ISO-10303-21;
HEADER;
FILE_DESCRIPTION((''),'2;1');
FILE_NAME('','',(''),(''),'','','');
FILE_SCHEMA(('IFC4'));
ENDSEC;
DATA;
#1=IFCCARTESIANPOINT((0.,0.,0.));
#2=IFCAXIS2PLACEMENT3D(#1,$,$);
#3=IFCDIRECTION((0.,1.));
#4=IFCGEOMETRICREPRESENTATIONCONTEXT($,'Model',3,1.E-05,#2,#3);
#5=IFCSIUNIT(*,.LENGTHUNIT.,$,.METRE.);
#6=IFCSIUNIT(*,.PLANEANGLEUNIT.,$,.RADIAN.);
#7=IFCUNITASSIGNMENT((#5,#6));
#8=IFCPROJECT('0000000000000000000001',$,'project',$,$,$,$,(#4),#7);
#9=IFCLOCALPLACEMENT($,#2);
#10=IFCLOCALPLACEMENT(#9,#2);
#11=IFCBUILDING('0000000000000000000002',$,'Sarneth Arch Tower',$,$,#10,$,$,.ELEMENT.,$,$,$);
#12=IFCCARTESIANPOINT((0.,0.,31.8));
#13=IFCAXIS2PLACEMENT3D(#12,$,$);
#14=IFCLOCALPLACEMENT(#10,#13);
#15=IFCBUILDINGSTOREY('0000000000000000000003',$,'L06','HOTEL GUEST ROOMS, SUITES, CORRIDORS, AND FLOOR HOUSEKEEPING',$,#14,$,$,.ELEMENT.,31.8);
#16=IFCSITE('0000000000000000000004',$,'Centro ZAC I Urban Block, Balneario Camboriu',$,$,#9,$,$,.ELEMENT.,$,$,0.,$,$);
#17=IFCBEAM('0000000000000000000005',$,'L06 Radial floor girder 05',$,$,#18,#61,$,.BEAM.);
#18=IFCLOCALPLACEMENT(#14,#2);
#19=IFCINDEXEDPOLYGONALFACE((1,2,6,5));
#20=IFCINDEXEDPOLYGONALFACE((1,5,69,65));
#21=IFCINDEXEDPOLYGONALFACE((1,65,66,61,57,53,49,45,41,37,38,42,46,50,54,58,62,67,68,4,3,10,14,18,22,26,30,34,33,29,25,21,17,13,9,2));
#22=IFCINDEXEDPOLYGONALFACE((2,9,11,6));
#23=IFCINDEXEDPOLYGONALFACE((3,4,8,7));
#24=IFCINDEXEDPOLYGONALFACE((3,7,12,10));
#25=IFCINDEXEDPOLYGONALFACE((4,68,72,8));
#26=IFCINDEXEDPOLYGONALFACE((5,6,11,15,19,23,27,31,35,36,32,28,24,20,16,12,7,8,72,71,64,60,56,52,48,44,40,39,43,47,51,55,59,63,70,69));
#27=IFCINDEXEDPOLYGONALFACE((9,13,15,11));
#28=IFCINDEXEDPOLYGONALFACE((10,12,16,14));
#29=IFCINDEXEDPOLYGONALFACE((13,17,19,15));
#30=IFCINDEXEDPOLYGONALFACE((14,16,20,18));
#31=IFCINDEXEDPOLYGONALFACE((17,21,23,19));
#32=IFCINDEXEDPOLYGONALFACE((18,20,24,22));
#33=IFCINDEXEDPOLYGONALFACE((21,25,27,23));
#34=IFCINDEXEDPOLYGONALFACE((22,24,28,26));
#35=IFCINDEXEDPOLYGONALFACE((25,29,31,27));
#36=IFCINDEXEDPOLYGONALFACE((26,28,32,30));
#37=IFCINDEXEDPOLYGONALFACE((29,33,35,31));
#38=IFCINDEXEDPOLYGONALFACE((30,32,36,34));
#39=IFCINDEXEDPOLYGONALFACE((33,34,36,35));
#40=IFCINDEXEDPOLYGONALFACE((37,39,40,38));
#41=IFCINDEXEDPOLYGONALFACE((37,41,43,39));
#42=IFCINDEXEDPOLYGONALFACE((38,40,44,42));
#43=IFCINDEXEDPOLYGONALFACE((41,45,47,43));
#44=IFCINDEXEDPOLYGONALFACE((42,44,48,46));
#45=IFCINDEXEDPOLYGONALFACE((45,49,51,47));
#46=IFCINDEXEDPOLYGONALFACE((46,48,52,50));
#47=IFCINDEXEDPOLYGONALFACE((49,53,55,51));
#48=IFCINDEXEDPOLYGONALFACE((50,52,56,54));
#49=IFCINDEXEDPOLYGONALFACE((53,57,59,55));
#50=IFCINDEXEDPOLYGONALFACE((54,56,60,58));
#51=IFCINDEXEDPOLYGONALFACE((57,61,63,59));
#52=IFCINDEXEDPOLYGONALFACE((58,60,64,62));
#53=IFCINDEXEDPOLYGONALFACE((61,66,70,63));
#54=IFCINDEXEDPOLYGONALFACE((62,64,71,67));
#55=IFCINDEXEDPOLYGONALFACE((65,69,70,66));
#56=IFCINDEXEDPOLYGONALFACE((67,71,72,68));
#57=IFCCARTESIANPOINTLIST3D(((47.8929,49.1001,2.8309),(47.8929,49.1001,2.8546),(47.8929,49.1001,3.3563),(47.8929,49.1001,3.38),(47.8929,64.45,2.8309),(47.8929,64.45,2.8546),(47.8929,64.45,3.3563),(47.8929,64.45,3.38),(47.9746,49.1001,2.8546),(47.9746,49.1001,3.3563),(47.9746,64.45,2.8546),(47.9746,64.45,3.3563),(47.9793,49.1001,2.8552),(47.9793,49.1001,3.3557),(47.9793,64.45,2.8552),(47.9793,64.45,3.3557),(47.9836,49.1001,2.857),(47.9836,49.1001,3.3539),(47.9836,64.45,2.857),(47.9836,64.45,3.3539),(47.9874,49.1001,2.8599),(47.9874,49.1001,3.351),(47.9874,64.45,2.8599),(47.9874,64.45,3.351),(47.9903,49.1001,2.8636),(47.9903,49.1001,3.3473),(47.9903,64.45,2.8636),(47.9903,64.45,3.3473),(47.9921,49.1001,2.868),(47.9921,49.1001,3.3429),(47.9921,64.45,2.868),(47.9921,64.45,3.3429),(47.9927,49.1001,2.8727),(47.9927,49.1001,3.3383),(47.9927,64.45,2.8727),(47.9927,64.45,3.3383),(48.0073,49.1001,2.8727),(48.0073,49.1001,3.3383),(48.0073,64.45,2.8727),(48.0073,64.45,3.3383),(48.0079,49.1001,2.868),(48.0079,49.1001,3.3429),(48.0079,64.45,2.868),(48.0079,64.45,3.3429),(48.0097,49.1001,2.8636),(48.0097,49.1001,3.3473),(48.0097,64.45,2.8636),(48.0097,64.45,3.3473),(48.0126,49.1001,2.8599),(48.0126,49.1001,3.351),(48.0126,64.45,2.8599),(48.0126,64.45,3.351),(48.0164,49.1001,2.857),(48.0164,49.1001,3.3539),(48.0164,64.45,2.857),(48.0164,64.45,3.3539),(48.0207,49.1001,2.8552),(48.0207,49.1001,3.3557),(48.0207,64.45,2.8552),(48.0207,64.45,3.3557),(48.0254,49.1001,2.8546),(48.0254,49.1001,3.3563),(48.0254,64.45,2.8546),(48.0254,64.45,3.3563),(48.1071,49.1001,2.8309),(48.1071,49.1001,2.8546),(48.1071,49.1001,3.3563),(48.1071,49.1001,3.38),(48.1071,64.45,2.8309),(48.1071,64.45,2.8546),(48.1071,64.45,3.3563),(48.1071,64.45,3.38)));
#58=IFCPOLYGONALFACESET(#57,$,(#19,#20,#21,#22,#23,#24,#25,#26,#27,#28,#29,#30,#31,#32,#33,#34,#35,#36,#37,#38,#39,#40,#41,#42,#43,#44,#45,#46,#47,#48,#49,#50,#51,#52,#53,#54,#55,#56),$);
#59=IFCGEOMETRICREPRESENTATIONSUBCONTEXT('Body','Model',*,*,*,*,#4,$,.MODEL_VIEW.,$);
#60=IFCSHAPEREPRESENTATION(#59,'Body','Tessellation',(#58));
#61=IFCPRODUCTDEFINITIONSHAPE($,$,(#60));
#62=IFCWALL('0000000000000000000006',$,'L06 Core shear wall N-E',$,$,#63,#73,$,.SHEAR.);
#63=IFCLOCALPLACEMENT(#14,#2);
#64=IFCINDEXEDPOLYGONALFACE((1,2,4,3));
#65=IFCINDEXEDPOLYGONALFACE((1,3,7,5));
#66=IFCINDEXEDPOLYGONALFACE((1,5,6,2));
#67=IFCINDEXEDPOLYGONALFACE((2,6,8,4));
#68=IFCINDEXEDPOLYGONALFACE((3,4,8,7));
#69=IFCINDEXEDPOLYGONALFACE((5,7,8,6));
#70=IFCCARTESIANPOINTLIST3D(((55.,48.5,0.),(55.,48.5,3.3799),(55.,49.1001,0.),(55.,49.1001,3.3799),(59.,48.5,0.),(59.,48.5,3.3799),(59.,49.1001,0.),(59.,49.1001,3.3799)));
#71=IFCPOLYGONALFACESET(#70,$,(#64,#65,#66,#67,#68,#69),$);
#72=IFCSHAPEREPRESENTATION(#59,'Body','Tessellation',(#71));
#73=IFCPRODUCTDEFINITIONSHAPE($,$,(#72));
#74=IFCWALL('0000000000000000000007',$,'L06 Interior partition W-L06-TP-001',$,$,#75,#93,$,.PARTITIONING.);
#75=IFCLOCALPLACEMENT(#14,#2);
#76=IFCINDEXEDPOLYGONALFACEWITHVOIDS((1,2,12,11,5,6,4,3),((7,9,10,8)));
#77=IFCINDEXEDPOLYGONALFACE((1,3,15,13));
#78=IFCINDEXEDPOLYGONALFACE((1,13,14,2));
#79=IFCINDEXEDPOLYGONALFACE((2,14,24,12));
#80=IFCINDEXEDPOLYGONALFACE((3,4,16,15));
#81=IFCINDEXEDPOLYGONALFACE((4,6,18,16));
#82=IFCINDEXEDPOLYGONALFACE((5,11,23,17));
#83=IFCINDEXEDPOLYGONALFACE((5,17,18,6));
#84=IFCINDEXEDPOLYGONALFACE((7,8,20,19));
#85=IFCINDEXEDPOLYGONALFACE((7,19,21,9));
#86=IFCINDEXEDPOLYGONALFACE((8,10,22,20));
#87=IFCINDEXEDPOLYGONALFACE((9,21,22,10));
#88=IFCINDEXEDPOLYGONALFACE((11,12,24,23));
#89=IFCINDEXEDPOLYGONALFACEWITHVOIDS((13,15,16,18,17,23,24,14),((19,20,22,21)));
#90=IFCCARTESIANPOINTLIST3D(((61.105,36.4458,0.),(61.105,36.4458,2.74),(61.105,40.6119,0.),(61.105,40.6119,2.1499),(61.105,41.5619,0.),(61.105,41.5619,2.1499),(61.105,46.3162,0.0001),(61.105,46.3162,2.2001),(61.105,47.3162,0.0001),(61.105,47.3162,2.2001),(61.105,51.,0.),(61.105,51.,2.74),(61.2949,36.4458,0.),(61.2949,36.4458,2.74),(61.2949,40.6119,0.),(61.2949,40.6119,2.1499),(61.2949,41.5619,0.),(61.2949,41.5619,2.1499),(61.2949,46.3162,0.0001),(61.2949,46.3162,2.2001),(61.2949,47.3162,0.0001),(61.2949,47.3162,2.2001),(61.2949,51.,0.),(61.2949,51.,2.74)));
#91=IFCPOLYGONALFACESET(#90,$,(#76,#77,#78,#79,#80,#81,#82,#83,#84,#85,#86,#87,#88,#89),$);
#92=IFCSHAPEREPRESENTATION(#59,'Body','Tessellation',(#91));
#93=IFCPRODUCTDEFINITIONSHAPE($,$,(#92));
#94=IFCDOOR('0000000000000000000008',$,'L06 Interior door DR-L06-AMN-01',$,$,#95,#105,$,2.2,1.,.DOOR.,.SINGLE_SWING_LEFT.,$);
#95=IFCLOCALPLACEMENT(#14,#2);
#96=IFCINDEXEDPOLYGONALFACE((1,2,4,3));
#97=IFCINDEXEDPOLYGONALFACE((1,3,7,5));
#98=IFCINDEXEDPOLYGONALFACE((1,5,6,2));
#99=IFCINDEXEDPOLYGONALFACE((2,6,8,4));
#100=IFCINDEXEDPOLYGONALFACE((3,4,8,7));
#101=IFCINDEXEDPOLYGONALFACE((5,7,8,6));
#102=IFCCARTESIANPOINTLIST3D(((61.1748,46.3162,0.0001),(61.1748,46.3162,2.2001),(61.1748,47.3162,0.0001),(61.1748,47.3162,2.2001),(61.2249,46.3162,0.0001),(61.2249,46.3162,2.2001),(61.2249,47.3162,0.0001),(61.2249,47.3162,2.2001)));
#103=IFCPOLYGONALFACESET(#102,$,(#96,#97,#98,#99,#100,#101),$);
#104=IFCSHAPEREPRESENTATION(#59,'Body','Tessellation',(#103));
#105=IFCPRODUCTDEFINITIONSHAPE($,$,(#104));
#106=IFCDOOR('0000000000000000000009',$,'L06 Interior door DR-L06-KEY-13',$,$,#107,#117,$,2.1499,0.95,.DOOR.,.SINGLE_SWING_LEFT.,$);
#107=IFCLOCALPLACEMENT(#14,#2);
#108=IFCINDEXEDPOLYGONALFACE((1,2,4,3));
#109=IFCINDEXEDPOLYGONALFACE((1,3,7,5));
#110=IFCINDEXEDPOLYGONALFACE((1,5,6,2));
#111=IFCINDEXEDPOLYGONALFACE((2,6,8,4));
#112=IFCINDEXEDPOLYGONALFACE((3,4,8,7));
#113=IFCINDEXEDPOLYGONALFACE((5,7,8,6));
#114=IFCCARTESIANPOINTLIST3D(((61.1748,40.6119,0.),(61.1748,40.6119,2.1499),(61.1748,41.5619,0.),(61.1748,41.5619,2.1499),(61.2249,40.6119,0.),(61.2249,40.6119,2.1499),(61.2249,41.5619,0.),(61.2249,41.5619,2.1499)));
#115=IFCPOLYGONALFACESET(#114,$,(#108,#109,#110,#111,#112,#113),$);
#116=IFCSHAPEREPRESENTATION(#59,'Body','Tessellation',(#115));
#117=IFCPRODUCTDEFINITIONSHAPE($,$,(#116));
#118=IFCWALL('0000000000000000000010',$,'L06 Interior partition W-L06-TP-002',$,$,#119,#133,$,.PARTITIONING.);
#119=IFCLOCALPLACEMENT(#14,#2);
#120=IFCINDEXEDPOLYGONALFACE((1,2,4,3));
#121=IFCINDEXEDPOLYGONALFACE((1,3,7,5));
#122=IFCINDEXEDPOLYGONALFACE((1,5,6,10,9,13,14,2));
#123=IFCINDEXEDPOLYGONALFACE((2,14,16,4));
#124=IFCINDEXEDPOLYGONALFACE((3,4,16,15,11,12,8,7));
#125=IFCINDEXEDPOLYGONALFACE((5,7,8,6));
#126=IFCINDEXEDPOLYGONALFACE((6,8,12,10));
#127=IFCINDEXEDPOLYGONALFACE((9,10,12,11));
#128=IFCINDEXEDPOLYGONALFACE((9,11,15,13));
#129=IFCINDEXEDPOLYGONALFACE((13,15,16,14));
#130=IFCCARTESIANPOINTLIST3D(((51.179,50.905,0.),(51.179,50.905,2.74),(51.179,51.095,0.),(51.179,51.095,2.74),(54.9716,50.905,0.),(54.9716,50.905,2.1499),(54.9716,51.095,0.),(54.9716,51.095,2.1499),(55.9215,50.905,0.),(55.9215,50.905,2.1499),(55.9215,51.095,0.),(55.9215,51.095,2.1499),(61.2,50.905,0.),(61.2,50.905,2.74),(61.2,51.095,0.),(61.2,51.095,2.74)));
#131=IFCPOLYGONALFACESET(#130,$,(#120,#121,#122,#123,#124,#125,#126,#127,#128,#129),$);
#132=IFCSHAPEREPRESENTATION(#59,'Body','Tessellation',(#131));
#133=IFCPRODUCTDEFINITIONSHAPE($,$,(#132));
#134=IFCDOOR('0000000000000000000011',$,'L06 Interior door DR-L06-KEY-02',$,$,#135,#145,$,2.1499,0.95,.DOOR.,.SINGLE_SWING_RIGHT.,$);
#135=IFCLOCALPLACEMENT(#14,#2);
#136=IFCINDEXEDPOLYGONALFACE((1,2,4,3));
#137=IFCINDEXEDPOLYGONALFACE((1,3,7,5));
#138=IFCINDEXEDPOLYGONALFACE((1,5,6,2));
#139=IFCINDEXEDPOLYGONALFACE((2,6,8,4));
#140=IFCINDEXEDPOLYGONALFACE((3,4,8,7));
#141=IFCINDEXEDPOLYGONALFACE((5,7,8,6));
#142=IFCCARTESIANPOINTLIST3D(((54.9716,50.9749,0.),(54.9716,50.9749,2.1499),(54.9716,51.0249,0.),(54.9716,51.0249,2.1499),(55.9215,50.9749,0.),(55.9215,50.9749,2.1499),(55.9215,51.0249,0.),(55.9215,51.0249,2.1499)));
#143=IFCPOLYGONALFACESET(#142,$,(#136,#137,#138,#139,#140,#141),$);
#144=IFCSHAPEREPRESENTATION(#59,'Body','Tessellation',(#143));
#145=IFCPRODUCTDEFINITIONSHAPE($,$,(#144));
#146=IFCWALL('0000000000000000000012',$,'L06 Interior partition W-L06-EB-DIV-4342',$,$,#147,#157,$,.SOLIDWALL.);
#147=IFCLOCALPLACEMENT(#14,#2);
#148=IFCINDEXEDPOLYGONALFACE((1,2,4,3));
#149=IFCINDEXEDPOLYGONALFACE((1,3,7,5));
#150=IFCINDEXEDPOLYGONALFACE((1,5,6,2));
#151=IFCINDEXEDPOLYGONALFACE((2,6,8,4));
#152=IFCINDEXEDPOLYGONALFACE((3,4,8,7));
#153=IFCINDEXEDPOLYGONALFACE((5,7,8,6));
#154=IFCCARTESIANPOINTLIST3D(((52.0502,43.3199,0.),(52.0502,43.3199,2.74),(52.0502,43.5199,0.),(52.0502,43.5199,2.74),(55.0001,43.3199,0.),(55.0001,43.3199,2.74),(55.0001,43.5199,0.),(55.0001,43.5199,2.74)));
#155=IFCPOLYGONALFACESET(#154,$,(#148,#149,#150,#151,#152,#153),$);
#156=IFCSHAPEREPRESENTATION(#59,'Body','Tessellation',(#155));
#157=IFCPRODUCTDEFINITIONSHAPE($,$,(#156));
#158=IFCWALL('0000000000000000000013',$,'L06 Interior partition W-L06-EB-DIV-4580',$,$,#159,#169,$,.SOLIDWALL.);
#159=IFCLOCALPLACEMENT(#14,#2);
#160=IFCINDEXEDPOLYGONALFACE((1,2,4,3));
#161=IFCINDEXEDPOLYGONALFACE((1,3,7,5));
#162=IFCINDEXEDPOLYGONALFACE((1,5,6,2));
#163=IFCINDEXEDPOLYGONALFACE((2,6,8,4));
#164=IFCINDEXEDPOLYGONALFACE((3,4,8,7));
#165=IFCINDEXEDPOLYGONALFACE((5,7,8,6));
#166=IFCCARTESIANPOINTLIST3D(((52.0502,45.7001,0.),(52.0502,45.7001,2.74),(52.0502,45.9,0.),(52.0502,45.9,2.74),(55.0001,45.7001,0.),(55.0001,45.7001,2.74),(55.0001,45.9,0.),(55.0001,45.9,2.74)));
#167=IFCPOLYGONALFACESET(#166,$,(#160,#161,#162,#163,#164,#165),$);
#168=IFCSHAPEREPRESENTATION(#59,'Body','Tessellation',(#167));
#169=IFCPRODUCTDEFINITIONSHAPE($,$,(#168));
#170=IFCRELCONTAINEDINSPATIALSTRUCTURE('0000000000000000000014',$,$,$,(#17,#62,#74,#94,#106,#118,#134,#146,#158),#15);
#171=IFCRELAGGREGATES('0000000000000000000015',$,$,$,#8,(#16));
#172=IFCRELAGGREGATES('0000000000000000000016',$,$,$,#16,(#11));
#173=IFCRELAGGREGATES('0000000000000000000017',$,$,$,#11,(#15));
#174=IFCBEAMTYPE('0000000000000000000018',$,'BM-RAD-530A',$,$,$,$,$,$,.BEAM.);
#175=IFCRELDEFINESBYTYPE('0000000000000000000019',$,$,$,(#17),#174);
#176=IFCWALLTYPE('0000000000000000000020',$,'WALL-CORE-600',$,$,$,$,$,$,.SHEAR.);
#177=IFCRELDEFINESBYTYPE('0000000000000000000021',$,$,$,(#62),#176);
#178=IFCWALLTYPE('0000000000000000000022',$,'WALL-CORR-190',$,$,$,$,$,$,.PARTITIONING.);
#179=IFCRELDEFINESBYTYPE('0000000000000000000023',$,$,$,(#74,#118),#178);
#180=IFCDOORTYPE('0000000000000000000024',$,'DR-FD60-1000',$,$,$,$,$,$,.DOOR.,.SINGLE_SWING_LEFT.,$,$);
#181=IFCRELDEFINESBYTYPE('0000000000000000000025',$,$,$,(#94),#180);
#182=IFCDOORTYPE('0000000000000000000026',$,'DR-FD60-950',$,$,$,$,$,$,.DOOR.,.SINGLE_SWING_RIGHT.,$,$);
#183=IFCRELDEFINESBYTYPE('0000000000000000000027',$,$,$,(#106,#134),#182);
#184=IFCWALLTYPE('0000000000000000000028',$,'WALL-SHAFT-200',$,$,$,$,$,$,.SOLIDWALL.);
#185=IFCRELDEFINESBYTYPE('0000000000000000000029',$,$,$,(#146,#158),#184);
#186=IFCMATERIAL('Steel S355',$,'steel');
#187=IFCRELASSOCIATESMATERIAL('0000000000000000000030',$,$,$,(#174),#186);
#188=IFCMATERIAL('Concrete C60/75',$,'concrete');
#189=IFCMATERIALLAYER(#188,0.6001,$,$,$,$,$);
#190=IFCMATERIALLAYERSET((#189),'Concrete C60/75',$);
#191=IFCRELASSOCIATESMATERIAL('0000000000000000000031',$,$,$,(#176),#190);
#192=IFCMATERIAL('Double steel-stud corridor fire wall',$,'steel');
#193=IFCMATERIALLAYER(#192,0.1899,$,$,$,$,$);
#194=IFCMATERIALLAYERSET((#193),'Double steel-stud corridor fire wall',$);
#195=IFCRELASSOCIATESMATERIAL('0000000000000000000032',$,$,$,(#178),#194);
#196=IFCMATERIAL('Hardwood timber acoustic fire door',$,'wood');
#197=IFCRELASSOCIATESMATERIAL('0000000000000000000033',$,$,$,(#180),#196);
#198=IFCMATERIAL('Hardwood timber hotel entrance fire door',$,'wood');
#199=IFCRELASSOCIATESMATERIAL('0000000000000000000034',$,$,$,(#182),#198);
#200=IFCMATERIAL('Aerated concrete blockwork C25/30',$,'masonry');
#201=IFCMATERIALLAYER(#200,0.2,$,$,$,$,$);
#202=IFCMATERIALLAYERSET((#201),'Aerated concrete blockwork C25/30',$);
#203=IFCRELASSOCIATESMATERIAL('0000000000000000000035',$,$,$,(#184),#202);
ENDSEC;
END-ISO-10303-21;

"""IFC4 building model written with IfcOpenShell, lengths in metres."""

from ifc_helpers import new_model, si_unit, direction, frame, frame_2d, origin, origin_2d, place, context, subcontext, project, spatial, rectangle, i_section, extrude, material, layer, layer_set, material_profile, profile_set, type_object, element, fill, save


model = new_model("IFC4")

# Units and contexts
model_context = context("Model", 3, precision=1e-05, world=origin(), true_north=direction((0.0, 1.0)))
body_context = subcontext(model_context, "Body", "Model", "MODEL_VIEW")
ifc_project = project(units=[si_unit("LENGTHUNIT", "METRE"), si_unit("PLANEANGLEUNIT", "RADIAN")], contexts=[model_context])

# Site, building, storey
site_placement = place(None, origin())
site = spatial("IfcSite", under=ifc_project, at=site_placement, Name="Centro ZAC I Urban Block, Balneario Camboriu", CompositionType="ELEMENT", RefElevation=0.0)
building_placement = place(site_placement, origin())
building = spatial("IfcBuilding", under=site, at=building_placement, Name="Sarneth Arch Tower", CompositionType="ELEMENT")
storey_placement = place(building_placement, frame((0.0, 0.0, 31.8)))
storey = spatial("IfcBuildingStorey", under=building, at=storey_placement, Name="L06", Description="HOTEL GUEST ROOMS, SUITES, CORRIDORS, AND FLOOR HOUSEKEEPING", CompositionType="ELEMENT", Elevation=31.8)

# Beam
ifc_material_1 = material(Name="Steel S355", Category="steel")
ifc_material_profile = material_profile(ifc_material_1, i_section(OverallWidth=0.2141, OverallDepth=0.5491, WebThickness=0.0146, FlangeThickness=0.0237, FilletRadius=0.0181, at=origin_2d()), Name="W530x138")
ifc_profile_set = profile_set([ifc_material_profile], Name="Steel S355")
beam_type = type_object("IfcBeamType", Name="BM-RAD-530A", PredefinedType="BEAM", material=ifc_profile_set)
beam_1_placement = place(storey_placement, frame((48.0, 49.1001, 3.1055), z_axis=(0.0, 1.0, 0.0), x_axis=(-1.0, 0.0, 0.0)))
element("IfcBeam", 1, at=beam_1_placement, inside=storey, type_object=beam_type, Name="L06 Radial floor girder 05", PredefinedType="BEAM", context=body_context, shape_type="SweptSolid", body=[
    extrude(i_section(OverallWidth=0.2141, OverallDepth=0.5491, WebThickness=0.0146, FlangeThickness=0.0237, FilletRadius=0.0181, at=origin_2d()), origin(), (0.0, 0.0, 1.0), 15.3499),
])

# Wall
ifc_material_2 = material(Name="Concrete C60/75", Category="concrete")
ifc_layer_1 = layer(ifc_material_2, 0.6001)
ifc_layer_set_1 = layer_set([ifc_layer_1], Name="Concrete C60/75")
wall_type_1 = type_object("IfcWallType", Name="WALL-CORE-600", PredefinedType="SHEAR", material=ifc_layer_set_1)
wall_1_placement = place(storey_placement, frame((55.0, 48.8, 0.0), z_axis=(0.0, 0.0, 1.0), x_axis=(1.0, 0.0, 0.0)))
element("IfcWall", 2, at=wall_1_placement, inside=storey, type_object=wall_type_1, Name="L06 Core shear wall N-E", PredefinedType="SHEAR", context=body_context, shape_type="SweptSolid", body=[
    extrude(rectangle(XDim=4.0, YDim=0.6001, at=frame_2d((2.0, 0.0))), origin(), (0.0, 0.0, 1.0), 3.3799),
])

# Wall, openings, doors
ifc_material_3 = material(Name="Double steel-stud corridor fire wall", Category="steel")
ifc_layer_2 = layer(ifc_material_3, 0.1899)
ifc_layer_set_2 = layer_set([ifc_layer_2], Name="Double steel-stud corridor fire wall")
wall_type_2 = type_object("IfcWallType", Name="WALL-CORR-190", PredefinedType="PARTITIONING", material=ifc_layer_set_2)
wall_2_placement = place(storey_placement, frame((61.2, 51.0, 0.0), z_axis=(0.0, 0.0, 1.0), x_axis=(0.0, -1.0, 0.0)))
wall_2 = element("IfcWall", 3, at=wall_2_placement, inside=storey, type_object=wall_type_2, Name="L06 Interior partition W-L06-TP-001", PredefinedType="PARTITIONING", context=body_context, shape_type="SweptSolid", body=[
    extrude(rectangle(XDim=14.5542, YDim=0.1899, at=frame_2d((7.2771, 0.0))), origin(), (0.0, 0.0, 1.0), 2.74),
])
opening_1_placement = place(wall_2_placement, frame((3.6838, 0.0, 0.0)))
opening_1 = element("IfcOpeningElement", 4, at=opening_1_placement, cuts=wall_2, PredefinedType="OPENING", context=body_context, shape_type="SweptSolid", body=[
    extrude(rectangle(XDim=1.0, YDim=2.2, at=frame_2d((0.5, 1.1001))), frame((0.0, 0.105, 0.0), z_axis=(0.0, -1.0, 0.0), x_axis=(1.0, 0.0, 0.0)), (0.0, 0.0, 1.0), 0.21),
])
opening_2_placement = place(wall_2_placement, frame((9.438, 0.0, 0.0)))
opening_2 = element("IfcOpeningElement", 5, at=opening_2_placement, cuts=wall_2, PredefinedType="OPENING", context=body_context, shape_type="SweptSolid", body=[
    extrude(rectangle(XDim=0.95, YDim=2.1499, at=frame_2d((0.4751, 1.075))), frame((0.0, 0.105, 0.0), z_axis=(0.0, -1.0, 0.0), x_axis=(1.0, 0.0, 0.0)), (0.0, 0.0, 1.0), 0.21),
])
ifc_material_4 = material(Name="Hardwood timber acoustic fire door", Category="wood")
door_type_1 = type_object("IfcDoorType", Name="DR-FD60-1000", OperationType="SINGLE_SWING_LEFT", PredefinedType="DOOR", material=ifc_material_4)
door_1_placement = place(opening_1_placement, origin())
door_1 = element("IfcDoor", 6, at=door_1_placement, inside=storey, type_object=door_type_1, Name="L06 Interior door DR-L06-AMN-01", OperationType="SINGLE_SWING_LEFT", OverallHeight=2.2, OverallWidth=1.0, PredefinedType="DOOR", context=body_context, shape_type="SweptSolid", body=[
    extrude(rectangle(XDim=1.0, YDim=2.2, at=frame_2d((0.5, 1.1001))), frame((0.0, 0.0249, 0.0), z_axis=(0.0, -1.0, 0.0), x_axis=(1.0, 0.0, 0.0)), (0.0, 0.0, 1.0), 0.05),
])
fill(opening_1, door_1)
ifc_material_5 = material(Name="Hardwood timber hotel entrance fire door", Category="wood")
door_type_2 = type_object("IfcDoorType", Name="DR-FD60-950", OperationType="SINGLE_SWING_RIGHT", PredefinedType="DOOR", material=ifc_material_5)
door_2_placement = place(opening_2_placement, origin())
door_2 = element("IfcDoor", 7, at=door_2_placement, inside=storey, type_object=door_type_2, Name="L06 Interior door DR-L06-KEY-13", OperationType="SINGLE_SWING_LEFT", OverallHeight=2.1499, OverallWidth=0.95, PredefinedType="DOOR", context=body_context, shape_type="SweptSolid", body=[
    extrude(rectangle(XDim=0.95, YDim=2.1499, at=frame_2d((0.4751, 1.075))), frame((0.0, 0.0249, 0.0), z_axis=(0.0, -1.0, 0.0), x_axis=(1.0, 0.0, 0.0)), (0.0, 0.0, 1.0), 0.05),
])
fill(opening_2, door_2)

# Wall, opening, door
wall_3_placement = place(storey_placement, frame((51.179, 51.0, 0.0), z_axis=(0.0, 0.0, 1.0), x_axis=(1.0, 0.0, 0.0)))
wall_3 = element("IfcWall", 8, at=wall_3_placement, inside=storey, type_object=wall_type_2, Name="L06 Interior partition W-L06-TP-002", PredefinedType="PARTITIONING", context=body_context, shape_type="SweptSolid", body=[
    extrude(rectangle(XDim=10.021, YDim=0.1899, at=frame_2d((5.0105, 0.0))), origin(), (0.0, 0.0, 1.0), 2.74),
])
opening_3_placement = place(wall_3_placement, frame((3.7925, 0.0, 0.0)))
opening_3 = element("IfcOpeningElement", 9, at=opening_3_placement, cuts=wall_3, PredefinedType="OPENING", context=body_context, shape_type="SweptSolid", body=[
    extrude(rectangle(XDim=0.95, YDim=2.1499, at=frame_2d((0.4751, 1.075))), frame((0.0, 0.105, 0.0), z_axis=(0.0, -1.0, 0.0), x_axis=(1.0, 0.0, 0.0)), (0.0, 0.0, 1.0), 0.21),
])
door_3_placement = place(opening_3_placement, origin())
door_3 = element("IfcDoor", 10, at=door_3_placement, inside=storey, type_object=door_type_2, Name="L06 Interior door DR-L06-KEY-02", OperationType="SINGLE_SWING_RIGHT", OverallHeight=2.1499, OverallWidth=0.95, PredefinedType="DOOR", context=body_context, shape_type="SweptSolid", body=[
    extrude(rectangle(XDim=0.95, YDim=2.1499, at=frame_2d((0.4751, 1.075))), frame((0.0, 0.0249, 0.0), z_axis=(0.0, -1.0, 0.0), x_axis=(1.0, 0.0, 0.0)), (0.0, 0.0, 1.0), 0.05),
])
fill(opening_3, door_3)

# Walls
ifc_material_6 = material(Name="Aerated concrete blockwork C25/30", Category="masonry")
ifc_layer_3 = layer(ifc_material_6, 0.2)
ifc_layer_set_3 = layer_set([ifc_layer_3], Name="Aerated concrete blockwork C25/30")
wall_type_3 = type_object("IfcWallType", Name="WALL-SHAFT-200", PredefinedType="SOLIDWALL", material=ifc_layer_set_3)
for number, where, z_axis, x_axis, name in (
    (11, (52.05, 43.4199, 0.0), (0.0, 0.0, 1.0), (1.0, 0.0, 0.0), "L06 Interior partition W-L06-EB-DIV-4342"),
    (12, (52.05, 45.8, 0.0), (0.0, 0.0, 1.0), (1.0, 0.0, 0.0), "L06 Interior partition W-L06-EB-DIV-4580"),
):
    element("IfcWall", number, at=place(storey_placement, frame(where, z_axis=z_axis, x_axis=x_axis)), inside=storey, type_object=wall_type_3, Name=name, PredefinedType="SOLIDWALL", context=body_context, shape_type="SweptSolid", body=[
        extrude(rectangle(XDim=2.95, YDim=0.2, at=frame_2d((1.4751, 0.0))), origin(), (0.0, 0.0, 1.0), 2.74),
    ])

save(model, "model.ifc")
